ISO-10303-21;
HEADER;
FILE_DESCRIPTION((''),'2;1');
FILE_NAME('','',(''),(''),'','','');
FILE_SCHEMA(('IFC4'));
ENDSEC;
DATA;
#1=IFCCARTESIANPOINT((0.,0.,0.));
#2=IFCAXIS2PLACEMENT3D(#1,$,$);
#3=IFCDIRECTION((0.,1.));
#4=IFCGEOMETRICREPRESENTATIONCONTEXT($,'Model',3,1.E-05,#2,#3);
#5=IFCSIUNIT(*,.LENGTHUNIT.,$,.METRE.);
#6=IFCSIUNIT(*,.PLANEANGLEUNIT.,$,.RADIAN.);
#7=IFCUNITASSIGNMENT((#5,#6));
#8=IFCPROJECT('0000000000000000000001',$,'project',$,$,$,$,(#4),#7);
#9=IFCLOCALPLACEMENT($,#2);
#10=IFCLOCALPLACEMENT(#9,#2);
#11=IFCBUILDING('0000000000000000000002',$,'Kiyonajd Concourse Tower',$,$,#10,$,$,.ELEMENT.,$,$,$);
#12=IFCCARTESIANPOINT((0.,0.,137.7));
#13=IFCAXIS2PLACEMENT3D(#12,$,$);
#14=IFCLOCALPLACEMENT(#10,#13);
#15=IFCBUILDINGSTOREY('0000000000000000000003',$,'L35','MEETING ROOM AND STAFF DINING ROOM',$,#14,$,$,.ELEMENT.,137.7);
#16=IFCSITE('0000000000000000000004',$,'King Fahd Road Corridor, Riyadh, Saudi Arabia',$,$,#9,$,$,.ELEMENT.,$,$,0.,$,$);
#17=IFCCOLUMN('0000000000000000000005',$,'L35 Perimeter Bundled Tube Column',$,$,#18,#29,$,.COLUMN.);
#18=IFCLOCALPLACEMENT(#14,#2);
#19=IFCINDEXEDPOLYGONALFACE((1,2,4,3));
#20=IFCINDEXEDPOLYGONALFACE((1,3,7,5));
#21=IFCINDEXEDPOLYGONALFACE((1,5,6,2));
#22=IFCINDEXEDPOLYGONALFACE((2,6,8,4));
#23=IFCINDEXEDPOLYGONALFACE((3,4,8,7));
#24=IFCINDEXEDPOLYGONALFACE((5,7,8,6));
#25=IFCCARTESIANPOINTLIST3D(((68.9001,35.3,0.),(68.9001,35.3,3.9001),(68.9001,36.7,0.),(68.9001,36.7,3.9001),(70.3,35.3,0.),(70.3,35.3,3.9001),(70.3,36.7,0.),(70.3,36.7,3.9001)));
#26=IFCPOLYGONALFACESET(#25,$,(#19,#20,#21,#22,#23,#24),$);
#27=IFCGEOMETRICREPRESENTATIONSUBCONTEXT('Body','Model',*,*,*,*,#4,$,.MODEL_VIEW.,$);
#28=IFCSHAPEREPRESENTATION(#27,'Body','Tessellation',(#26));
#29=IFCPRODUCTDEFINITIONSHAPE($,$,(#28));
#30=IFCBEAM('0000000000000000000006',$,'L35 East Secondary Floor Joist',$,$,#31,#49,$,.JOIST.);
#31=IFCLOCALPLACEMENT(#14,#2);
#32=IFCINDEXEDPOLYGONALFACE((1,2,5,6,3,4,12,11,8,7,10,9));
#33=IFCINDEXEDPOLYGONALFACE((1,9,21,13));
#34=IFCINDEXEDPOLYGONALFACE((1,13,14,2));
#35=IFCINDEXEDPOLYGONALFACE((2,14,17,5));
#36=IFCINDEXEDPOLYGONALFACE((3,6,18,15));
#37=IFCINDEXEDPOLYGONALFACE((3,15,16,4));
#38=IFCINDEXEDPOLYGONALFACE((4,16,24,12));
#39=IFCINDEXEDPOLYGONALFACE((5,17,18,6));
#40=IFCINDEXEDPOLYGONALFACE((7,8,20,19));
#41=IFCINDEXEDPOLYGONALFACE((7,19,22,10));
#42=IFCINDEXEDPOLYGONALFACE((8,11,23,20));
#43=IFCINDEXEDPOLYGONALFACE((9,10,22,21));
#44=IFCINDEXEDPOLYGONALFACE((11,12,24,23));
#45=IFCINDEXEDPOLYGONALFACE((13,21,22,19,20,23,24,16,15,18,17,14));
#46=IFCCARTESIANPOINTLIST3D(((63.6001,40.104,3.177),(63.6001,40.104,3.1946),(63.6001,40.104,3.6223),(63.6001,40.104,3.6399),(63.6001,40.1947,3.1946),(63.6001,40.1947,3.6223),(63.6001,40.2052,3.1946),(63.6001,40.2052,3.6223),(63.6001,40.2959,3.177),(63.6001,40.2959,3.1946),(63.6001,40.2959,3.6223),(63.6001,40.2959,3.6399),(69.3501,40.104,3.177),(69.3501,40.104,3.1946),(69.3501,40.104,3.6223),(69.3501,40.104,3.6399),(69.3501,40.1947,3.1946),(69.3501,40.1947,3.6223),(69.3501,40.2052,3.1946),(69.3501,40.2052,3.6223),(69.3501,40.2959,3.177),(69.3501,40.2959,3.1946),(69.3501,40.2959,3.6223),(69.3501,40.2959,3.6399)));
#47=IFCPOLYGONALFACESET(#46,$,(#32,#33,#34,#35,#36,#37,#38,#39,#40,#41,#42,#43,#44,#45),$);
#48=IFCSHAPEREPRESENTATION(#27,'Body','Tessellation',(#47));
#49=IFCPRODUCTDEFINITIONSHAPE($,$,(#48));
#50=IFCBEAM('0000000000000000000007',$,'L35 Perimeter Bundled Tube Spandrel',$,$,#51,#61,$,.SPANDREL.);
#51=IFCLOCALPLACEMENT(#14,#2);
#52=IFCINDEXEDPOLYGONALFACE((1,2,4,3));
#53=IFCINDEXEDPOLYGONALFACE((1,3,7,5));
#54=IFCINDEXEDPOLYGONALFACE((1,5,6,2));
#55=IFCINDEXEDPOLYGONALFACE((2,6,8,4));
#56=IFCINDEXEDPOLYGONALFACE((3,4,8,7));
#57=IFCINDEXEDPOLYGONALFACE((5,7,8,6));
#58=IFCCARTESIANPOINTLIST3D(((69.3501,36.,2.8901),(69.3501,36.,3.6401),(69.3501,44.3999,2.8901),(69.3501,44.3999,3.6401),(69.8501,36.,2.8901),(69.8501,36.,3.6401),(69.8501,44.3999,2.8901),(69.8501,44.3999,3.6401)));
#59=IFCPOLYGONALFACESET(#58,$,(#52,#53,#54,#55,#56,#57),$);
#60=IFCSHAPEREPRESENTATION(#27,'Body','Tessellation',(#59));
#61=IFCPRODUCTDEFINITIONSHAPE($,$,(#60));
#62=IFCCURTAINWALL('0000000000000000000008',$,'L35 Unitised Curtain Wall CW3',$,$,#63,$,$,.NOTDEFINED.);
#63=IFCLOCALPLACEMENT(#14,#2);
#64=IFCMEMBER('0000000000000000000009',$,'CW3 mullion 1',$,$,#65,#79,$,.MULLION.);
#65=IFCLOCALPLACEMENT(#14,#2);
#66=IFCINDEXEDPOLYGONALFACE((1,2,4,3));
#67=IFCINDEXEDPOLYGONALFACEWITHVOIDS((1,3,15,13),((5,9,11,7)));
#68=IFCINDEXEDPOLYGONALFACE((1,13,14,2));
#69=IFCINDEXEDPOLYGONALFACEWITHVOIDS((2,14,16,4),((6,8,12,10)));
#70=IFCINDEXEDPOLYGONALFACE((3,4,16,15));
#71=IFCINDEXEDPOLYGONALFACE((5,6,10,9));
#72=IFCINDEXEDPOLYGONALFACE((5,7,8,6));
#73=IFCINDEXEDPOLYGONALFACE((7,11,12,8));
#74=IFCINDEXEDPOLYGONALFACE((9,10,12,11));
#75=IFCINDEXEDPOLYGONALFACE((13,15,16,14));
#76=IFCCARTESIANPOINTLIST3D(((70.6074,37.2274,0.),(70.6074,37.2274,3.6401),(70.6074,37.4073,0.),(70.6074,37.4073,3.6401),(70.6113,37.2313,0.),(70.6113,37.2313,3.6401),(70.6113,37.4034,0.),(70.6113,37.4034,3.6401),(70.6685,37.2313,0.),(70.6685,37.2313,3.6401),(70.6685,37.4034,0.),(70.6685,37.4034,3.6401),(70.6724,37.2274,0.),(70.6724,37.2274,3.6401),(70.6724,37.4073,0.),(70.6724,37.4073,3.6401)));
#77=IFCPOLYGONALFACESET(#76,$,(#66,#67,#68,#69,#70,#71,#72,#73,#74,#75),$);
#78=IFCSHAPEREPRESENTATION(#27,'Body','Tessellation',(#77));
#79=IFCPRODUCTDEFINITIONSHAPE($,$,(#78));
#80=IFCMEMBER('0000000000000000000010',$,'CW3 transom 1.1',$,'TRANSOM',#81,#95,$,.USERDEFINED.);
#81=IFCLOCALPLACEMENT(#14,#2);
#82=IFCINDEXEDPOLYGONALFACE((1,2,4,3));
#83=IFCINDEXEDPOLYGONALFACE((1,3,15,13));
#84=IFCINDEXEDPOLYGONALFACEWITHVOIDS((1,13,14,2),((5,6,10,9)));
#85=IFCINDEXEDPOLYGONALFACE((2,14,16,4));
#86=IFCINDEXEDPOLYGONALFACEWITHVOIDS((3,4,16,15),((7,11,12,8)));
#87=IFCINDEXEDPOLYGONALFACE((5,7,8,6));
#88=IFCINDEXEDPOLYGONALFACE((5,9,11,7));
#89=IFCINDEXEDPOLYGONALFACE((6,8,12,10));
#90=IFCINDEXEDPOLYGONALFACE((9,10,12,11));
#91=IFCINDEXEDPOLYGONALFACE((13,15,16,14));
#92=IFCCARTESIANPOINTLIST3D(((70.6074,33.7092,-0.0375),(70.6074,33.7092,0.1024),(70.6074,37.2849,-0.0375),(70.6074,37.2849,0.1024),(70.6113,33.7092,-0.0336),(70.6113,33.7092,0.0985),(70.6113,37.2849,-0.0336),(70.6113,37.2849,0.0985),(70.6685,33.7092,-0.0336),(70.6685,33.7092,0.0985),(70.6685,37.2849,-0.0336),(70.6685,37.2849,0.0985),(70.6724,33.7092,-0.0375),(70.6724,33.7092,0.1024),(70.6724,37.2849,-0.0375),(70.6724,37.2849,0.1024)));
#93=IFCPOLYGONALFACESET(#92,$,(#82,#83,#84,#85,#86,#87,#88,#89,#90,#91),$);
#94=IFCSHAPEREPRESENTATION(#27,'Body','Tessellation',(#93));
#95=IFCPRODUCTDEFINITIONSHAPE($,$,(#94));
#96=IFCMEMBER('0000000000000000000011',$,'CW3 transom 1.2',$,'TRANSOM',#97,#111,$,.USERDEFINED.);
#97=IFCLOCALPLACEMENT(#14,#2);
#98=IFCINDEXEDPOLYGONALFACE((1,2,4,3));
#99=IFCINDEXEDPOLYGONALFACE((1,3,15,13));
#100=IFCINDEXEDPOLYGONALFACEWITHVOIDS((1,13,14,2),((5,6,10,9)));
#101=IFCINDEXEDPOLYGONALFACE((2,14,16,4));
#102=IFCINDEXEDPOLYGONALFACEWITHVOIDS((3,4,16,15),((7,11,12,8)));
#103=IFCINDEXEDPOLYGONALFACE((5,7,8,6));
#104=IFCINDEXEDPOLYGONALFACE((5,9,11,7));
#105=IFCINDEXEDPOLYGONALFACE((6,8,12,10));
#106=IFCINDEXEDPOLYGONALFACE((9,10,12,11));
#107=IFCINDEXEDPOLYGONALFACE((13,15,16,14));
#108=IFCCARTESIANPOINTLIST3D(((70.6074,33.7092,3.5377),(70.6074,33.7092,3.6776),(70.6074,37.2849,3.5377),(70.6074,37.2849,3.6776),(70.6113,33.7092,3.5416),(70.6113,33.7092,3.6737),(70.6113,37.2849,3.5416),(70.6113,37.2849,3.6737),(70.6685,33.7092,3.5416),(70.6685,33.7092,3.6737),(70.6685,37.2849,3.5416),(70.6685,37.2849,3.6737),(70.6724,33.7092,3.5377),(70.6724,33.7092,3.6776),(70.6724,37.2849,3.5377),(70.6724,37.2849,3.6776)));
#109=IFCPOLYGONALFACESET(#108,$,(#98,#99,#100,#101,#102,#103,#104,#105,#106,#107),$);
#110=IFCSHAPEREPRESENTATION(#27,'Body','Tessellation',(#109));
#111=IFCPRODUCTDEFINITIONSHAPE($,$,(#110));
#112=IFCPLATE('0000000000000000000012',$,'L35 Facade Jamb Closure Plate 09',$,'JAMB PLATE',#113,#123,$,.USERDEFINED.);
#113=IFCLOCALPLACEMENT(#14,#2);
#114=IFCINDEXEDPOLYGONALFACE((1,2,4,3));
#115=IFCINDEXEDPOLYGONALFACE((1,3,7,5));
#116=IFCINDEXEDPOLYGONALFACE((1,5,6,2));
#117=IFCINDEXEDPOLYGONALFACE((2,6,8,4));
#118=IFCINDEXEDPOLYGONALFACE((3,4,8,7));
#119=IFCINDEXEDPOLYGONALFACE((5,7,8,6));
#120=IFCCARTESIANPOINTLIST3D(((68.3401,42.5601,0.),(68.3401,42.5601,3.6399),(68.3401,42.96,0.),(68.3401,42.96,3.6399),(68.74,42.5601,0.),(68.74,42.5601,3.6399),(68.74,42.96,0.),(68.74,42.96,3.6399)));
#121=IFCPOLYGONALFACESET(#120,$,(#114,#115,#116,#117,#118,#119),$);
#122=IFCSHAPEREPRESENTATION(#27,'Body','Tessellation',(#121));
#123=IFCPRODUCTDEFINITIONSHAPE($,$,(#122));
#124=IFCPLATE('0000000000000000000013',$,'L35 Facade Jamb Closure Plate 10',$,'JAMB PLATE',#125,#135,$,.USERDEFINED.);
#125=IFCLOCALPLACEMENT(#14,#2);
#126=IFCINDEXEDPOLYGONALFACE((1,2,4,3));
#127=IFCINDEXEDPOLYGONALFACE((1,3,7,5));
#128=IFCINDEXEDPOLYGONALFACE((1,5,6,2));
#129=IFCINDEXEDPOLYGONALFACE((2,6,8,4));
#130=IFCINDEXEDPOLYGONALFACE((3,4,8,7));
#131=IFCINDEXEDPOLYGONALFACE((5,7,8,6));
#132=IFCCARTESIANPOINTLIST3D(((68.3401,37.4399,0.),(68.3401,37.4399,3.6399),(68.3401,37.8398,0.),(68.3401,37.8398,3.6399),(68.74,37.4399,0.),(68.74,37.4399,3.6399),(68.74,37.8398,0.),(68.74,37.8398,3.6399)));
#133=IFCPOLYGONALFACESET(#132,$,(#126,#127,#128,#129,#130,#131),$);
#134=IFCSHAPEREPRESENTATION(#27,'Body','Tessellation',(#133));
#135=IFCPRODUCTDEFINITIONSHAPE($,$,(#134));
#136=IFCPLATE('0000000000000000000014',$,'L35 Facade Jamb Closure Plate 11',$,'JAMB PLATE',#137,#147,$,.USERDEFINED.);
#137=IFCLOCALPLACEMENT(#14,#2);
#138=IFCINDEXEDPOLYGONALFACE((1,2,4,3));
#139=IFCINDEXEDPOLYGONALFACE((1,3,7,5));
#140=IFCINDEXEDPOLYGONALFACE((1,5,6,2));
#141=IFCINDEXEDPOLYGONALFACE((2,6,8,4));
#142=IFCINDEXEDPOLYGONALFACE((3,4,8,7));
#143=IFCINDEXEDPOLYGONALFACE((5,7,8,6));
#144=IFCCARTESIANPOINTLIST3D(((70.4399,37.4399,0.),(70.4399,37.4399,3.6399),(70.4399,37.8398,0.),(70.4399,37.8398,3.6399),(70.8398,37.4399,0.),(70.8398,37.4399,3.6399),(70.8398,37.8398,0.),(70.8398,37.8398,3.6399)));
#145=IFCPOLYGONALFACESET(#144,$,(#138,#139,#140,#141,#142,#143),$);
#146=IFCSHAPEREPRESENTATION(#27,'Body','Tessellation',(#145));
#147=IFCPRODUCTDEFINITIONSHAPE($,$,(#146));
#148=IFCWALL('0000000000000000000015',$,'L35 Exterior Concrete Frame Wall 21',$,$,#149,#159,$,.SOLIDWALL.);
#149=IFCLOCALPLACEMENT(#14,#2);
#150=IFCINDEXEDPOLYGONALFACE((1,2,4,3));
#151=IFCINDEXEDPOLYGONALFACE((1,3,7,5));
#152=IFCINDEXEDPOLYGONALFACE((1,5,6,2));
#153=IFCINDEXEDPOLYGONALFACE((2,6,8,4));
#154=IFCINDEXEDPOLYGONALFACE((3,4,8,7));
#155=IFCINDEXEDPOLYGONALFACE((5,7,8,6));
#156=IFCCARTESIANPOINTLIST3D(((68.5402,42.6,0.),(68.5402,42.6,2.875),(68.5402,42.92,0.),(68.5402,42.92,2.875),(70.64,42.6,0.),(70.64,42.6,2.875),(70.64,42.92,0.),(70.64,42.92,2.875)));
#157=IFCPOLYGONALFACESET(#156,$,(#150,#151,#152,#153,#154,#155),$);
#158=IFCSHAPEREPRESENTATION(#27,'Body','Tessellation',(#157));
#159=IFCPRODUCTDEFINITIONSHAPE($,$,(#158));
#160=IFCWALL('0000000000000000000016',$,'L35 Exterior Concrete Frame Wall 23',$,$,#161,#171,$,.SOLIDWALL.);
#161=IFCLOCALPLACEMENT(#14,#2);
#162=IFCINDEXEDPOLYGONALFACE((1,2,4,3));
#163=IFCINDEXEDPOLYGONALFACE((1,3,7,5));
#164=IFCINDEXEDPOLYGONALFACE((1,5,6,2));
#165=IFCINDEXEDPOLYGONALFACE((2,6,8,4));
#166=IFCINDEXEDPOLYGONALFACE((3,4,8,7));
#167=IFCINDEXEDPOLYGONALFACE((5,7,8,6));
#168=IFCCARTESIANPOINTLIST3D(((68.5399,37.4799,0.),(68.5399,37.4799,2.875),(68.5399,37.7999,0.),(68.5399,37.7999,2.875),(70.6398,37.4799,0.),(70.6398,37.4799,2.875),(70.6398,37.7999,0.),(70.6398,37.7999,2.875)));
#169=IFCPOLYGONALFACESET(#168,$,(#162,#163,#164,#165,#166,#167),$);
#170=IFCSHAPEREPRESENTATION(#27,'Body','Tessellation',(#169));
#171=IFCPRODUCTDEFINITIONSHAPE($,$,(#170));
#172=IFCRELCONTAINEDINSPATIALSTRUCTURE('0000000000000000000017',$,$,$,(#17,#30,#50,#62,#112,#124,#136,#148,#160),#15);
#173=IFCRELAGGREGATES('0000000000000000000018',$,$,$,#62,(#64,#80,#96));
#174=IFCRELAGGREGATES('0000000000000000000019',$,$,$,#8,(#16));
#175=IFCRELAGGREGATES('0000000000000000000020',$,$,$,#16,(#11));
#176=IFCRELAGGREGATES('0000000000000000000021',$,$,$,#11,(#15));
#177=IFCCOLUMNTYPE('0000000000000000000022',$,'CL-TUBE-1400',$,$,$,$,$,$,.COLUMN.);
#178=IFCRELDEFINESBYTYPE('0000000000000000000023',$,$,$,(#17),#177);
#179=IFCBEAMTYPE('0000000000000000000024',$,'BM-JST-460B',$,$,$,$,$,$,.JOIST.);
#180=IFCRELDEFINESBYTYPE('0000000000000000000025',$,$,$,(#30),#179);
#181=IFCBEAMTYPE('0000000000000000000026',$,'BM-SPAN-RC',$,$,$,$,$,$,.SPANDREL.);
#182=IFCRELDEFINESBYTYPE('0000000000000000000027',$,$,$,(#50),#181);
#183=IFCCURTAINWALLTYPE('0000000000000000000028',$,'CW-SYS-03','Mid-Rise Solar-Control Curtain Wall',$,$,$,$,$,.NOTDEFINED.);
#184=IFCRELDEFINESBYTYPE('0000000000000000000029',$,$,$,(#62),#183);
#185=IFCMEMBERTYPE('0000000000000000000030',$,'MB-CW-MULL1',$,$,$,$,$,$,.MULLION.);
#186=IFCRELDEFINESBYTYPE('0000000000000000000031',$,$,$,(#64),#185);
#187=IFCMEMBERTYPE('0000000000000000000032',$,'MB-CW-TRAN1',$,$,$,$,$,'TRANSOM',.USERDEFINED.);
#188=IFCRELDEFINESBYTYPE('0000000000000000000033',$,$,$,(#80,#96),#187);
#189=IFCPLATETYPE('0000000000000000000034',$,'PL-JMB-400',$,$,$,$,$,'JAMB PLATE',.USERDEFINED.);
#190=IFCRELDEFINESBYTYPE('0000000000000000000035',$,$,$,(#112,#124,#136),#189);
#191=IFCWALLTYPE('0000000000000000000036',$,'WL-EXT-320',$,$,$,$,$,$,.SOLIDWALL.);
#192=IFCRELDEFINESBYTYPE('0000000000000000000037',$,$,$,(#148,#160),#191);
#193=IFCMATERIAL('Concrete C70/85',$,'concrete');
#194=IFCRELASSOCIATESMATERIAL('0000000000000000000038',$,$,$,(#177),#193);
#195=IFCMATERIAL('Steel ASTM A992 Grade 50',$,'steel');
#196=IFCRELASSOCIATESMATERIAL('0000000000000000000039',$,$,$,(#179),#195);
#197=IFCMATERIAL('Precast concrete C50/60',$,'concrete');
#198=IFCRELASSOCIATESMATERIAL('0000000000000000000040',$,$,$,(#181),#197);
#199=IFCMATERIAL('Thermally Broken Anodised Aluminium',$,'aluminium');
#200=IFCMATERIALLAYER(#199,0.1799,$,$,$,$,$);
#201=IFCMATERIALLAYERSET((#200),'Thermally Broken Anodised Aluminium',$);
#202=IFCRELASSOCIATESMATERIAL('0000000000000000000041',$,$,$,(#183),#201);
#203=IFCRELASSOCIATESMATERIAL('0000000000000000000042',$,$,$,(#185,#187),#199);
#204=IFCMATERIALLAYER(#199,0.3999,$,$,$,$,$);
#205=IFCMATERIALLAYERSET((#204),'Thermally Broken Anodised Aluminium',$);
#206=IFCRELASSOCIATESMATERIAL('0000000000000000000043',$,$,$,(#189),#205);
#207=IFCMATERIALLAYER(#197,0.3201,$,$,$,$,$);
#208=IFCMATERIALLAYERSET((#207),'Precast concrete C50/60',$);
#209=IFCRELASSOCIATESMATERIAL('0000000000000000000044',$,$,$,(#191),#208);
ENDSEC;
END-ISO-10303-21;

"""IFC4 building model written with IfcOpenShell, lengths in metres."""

from ifc_helpers import new_model, si_unit, direction, frame, frame_2d, origin, origin_2d, place, context, subcontext, project, spatial, rectangle, hollow_rectangle, i_section, extrude, material, layer, layer_set, material_profile, profile_set, type_object, element, aggregate, save


model = new_model("IFC4")

# Units and contexts
model_context = context("Model", 3, precision=1e-05, world=origin(), true_north=direction((0.0, 1.0)))
body_context = subcontext(model_context, "Body", "Model", "MODEL_VIEW")
ifc_project = project(units=[si_unit("LENGTHUNIT", "METRE"), si_unit("PLANEANGLEUNIT", "RADIAN")], contexts=[model_context])

# Site, building, storey
site_placement = place(None, origin())
site = spatial("IfcSite", under=ifc_project, at=site_placement, Name="King Fahd Road Corridor, Riyadh, Saudi Arabia", CompositionType="ELEMENT", RefElevation=0.0)
building_placement = place(site_placement, origin())
building = spatial("IfcBuilding", under=site, at=building_placement, Name="Kiyonajd Concourse Tower", CompositionType="ELEMENT")
storey_placement = place(building_placement, frame((0.0, 0.0, 137.7)))
storey = spatial("IfcBuildingStorey", under=building, at=storey_placement, Name="L35", Description="MEETING ROOM AND STAFF DINING ROOM", CompositionType="ELEMENT", Elevation=137.7)

# Column
ifc_material_1 = material(Name="Concrete C70/85", Category="concrete")
ifc_material_profile_1 = material_profile(ifc_material_1, rectangle(XDim=1.3999, YDim=1.3999, at=origin_2d()), Name="RC-1400x1400")
ifc_profile_set_1 = profile_set([ifc_material_profile_1], Name="Concrete C70/85")
column_type = type_object("IfcColumnType", Name="CL-TUBE-1400", PredefinedType="COLUMN", material=ifc_profile_set_1)
column_placement = place(storey_placement, frame((69.6001, 36.0, 0.0), z_axis=(0.0, 0.0, 1.0), x_axis=(1.0, 0.0, 0.0)))
element("IfcColumn", 1, at=column_placement, inside=storey, type_object=column_type, Name="L35 Perimeter Bundled Tube Column", PredefinedType="COLUMN", context=body_context, shape_type="SweptSolid", body=[
    extrude(rectangle(XDim=1.3999, YDim=1.3999, at=origin_2d()), origin(), (0.0, 0.0, 1.0), 3.9001),
])

# Beams
ifc_material_2 = material(Name="Steel ASTM A992 Grade 50", Category="steel")
ifc_material_profile_2 = material_profile(ifc_material_2, i_section(OverallWidth=0.1919, OverallDepth=0.4629, WebThickness=0.0105, FlangeThickness=0.0176, at=origin_2d()), Name="W460X89")
ifc_profile_set_2 = profile_set([ifc_material_profile_2], Name="Steel ASTM A992 Grade 50")
beam_type_1 = type_object("IfcBeamType", Name="BM-JST-460B", PredefinedType="JOIST", material=ifc_profile_set_2)
beam_1_placement = place(storey_placement, frame((63.6001, 40.2, 3.4084), z_axis=(1.0, 0.0, 0.0), x_axis=(0.0, 1.0, 0.0)))
element("IfcBeam", 2, at=beam_1_placement, inside=storey, type_object=beam_type_1, Name="L35 East Secondary Floor Joist", PredefinedType="JOIST", context=body_context, shape_type="SweptSolid", body=[
    extrude(i_section(OverallWidth=0.1919, OverallDepth=0.4629, WebThickness=0.0105, FlangeThickness=0.0176, at=origin_2d()), origin(), (0.0, 0.0, 1.0), 5.75),
])
ifc_material_3 = material(Name="Precast concrete C50/60", Category="concrete")
ifc_material_profile_3 = material_profile(ifc_material_3, rectangle(XDim=0.5, YDim=0.75, at=origin_2d()), Name="RCBM-500x750")
ifc_profile_set_3 = profile_set([ifc_material_profile_3], Name="Precast concrete C50/60")
beam_type_2 = type_object("IfcBeamType", Name="BM-SPAN-RC", PredefinedType="SPANDREL", material=ifc_profile_set_3)
beam_2_placement = place(storey_placement, frame((69.6001, 36.0, 3.2651), z_axis=(0.0, 1.0, 0.0), x_axis=(-1.0, 0.0, 0.0)))
element("IfcBeam", 3, at=beam_2_placement, inside=storey, type_object=beam_type_2, Name="L35 Perimeter Bundled Tube Spandrel", PredefinedType="SPANDREL", context=body_context, shape_type="SweptSolid", body=[
    extrude(rectangle(XDim=0.5, YDim=0.75, at=origin_2d()), origin(), (0.0, 0.0, 1.0), 8.3999),
])

# Curtain wall, members
ifc_material_4 = material(Name="Thermally Broken Anodised Aluminium", Category="aluminium")
ifc_layer_1 = layer(ifc_material_4, 0.1799)
ifc_layer_set_1 = layer_set([ifc_layer_1], Name="Thermally Broken Anodised Aluminium")
curtain_wall_type = type_object("IfcCurtainWallType", Name="CW-SYS-03", Description="Mid-Rise Solar-Control Curtain Wall", PredefinedType="NOTDEFINED", material=ifc_layer_set_1)
curtain_wall_placement = place(storey_placement, origin())
curtain_wall = element("IfcCurtainWall", 4, at=curtain_wall_placement, inside=storey, type_object=curtain_wall_type, Name="L35 Unitised Curtain Wall CW3", PredefinedType="NOTDEFINED")
ifc_material_profile_4 = material_profile(ifc_material_4, hollow_rectangle(XDim=0.0649, YDim=0.1799, WallThickness=0.0039, at=origin_2d()), Name="MULL-65x180")
ifc_profile_set_4 = profile_set([ifc_material_profile_4], Name="Thermally Broken Anodised Aluminium")
member_type_1 = type_object("IfcMemberType", Name="MB-CW-MULL1", PredefinedType="MULLION", material=ifc_profile_set_4)
member_1_placement = place(storey_placement, frame((70.6399, 37.3174, 0.0), z_axis=(0.0, 0.0, 1.0), x_axis=(1.0, 0.0, 0.0)))
member_1 = element("IfcMember", 5, at=member_1_placement, type_object=member_type_1, Name="CW3 mullion 1", PredefinedType="MULLION", context=body_context, shape_type="SweptSolid", body=[
    extrude(hollow_rectangle(XDim=0.0649, YDim=0.1799, WallThickness=0.0039, at=origin_2d()), origin(), (0.0, 0.0, 1.0), 3.6401),
])
ifc_material_profile_5 = material_profile(ifc_material_4, hollow_rectangle(XDim=0.0649, YDim=0.1399, WallThickness=0.0039, at=origin_2d()), Name="TRAN-65x140")
ifc_profile_set_5 = profile_set([ifc_material_profile_5], Name="Thermally Broken Anodised Aluminium")
member_type_2 = type_object("IfcMemberType", Name="MB-CW-TRAN1", ElementType="TRANSOM", PredefinedType="USERDEFINED", material=ifc_profile_set_5)
member_2_placement = place(storey_placement, frame((70.6399, 37.2849, 0.0325), z_axis=(0.0, -1.0, 0.0), x_axis=(1.0, 0.0, 0.0)))
member_2 = element("IfcMember", 6, at=member_2_placement, type_object=member_type_2, Name="CW3 transom 1.1", ObjectType="TRANSOM", PredefinedType="USERDEFINED", context=body_context, shape_type="SweptSolid", body=[
    extrude(hollow_rectangle(XDim=0.0649, YDim=0.1399, WallThickness=0.0039, at=origin_2d()), origin(), (0.0, 0.0, 1.0), 3.5757),
])
member_3_placement = place(storey_placement, frame((70.6399, 37.2849, 3.6077), z_axis=(0.0, -1.0, 0.0), x_axis=(1.0, 0.0, 0.0)))
member_3 = element("IfcMember", 7, at=member_3_placement, type_object=member_type_2, Name="CW3 transom 1.2", ObjectType="TRANSOM", PredefinedType="USERDEFINED", context=body_context, shape_type="SweptSolid", body=[
    extrude(hollow_rectangle(XDim=0.0649, YDim=0.1399, WallThickness=0.0039, at=origin_2d()), origin(), (0.0, 0.0, 1.0), 3.5757),
])
aggregate(curtain_wall, [member_1, member_2, member_3])

# Plates
ifc_layer_2 = layer(ifc_material_4, 0.3999)
ifc_layer_set_2 = layer_set([ifc_layer_2], Name="Thermally Broken Anodised Aluminium")
plate_type = type_object("IfcPlateType", Name="PL-JMB-400", ElementType="JAMB PLATE", PredefinedType="USERDEFINED", material=ifc_layer_set_2)
for number, where, z_axis, x_axis, name in (
    (8, (68.54, 42.76, 0.0), (0.0, 0.0, 1.0), (1.0, 0.0, 0.0), "L35 Facade Jamb Closure Plate 09"),
    (9, (68.54, 37.6399, 0.0), (0.0, 0.0, 1.0), (1.0, 0.0, 0.0), "L35 Facade Jamb Closure Plate 10"),
    (10, (70.6399, 37.6399, 0.0), (0.0, 0.0, 1.0), (1.0, 0.0, 0.0), "L35 Facade Jamb Closure Plate 11"),
):
    element("IfcPlate", number, at=place(storey_placement, frame(where, z_axis=z_axis, x_axis=x_axis)), inside=storey, type_object=plate_type, Name=name, ObjectType="JAMB PLATE", PredefinedType="USERDEFINED", context=body_context, shape_type="SweptSolid", body=[
        extrude(rectangle(XDim=0.3999, YDim=0.3999, at=origin_2d()), origin(), (0.0, 0.0, 1.0), 3.6399),
    ])

# Walls
ifc_layer_3 = layer(ifc_material_3, 0.3201)
ifc_layer_set_3 = layer_set([ifc_layer_3], Name="Precast concrete C50/60")
wall_type_1 = type_object("IfcWallType", Name="WL-EXT-320", PredefinedType="SOLIDWALL", material=ifc_layer_set_3)
for number, where, z_axis, x_axis, name in (
    (11, (70.6399, 42.76, 0.0), (0.0, 0.0, 1.0), (-1.0, 0.0, 0.0), "L35 Exterior Concrete Frame Wall 21"),
    (12, (68.54, 37.6399, 0.0), (0.0, 0.0, 1.0), (1.0, 0.0, 0.0), "L35 Exterior Concrete Frame Wall 23"),
):
    element("IfcWall", number, at=place(storey_placement, frame(where, z_axis=z_axis, x_axis=x_axis)), inside=storey, type_object=wall_type_1, Name=name, PredefinedType="SOLIDWALL", context=body_context, shape_type="SweptSolid", body=[
        extrude(rectangle(XDim=2.0999, YDim=0.3201, at=frame_2d((1.0498, 0.0))), origin(), (0.0, 0.0, 1.0), 2.875),
    ])

save(model, "model.ifc")
